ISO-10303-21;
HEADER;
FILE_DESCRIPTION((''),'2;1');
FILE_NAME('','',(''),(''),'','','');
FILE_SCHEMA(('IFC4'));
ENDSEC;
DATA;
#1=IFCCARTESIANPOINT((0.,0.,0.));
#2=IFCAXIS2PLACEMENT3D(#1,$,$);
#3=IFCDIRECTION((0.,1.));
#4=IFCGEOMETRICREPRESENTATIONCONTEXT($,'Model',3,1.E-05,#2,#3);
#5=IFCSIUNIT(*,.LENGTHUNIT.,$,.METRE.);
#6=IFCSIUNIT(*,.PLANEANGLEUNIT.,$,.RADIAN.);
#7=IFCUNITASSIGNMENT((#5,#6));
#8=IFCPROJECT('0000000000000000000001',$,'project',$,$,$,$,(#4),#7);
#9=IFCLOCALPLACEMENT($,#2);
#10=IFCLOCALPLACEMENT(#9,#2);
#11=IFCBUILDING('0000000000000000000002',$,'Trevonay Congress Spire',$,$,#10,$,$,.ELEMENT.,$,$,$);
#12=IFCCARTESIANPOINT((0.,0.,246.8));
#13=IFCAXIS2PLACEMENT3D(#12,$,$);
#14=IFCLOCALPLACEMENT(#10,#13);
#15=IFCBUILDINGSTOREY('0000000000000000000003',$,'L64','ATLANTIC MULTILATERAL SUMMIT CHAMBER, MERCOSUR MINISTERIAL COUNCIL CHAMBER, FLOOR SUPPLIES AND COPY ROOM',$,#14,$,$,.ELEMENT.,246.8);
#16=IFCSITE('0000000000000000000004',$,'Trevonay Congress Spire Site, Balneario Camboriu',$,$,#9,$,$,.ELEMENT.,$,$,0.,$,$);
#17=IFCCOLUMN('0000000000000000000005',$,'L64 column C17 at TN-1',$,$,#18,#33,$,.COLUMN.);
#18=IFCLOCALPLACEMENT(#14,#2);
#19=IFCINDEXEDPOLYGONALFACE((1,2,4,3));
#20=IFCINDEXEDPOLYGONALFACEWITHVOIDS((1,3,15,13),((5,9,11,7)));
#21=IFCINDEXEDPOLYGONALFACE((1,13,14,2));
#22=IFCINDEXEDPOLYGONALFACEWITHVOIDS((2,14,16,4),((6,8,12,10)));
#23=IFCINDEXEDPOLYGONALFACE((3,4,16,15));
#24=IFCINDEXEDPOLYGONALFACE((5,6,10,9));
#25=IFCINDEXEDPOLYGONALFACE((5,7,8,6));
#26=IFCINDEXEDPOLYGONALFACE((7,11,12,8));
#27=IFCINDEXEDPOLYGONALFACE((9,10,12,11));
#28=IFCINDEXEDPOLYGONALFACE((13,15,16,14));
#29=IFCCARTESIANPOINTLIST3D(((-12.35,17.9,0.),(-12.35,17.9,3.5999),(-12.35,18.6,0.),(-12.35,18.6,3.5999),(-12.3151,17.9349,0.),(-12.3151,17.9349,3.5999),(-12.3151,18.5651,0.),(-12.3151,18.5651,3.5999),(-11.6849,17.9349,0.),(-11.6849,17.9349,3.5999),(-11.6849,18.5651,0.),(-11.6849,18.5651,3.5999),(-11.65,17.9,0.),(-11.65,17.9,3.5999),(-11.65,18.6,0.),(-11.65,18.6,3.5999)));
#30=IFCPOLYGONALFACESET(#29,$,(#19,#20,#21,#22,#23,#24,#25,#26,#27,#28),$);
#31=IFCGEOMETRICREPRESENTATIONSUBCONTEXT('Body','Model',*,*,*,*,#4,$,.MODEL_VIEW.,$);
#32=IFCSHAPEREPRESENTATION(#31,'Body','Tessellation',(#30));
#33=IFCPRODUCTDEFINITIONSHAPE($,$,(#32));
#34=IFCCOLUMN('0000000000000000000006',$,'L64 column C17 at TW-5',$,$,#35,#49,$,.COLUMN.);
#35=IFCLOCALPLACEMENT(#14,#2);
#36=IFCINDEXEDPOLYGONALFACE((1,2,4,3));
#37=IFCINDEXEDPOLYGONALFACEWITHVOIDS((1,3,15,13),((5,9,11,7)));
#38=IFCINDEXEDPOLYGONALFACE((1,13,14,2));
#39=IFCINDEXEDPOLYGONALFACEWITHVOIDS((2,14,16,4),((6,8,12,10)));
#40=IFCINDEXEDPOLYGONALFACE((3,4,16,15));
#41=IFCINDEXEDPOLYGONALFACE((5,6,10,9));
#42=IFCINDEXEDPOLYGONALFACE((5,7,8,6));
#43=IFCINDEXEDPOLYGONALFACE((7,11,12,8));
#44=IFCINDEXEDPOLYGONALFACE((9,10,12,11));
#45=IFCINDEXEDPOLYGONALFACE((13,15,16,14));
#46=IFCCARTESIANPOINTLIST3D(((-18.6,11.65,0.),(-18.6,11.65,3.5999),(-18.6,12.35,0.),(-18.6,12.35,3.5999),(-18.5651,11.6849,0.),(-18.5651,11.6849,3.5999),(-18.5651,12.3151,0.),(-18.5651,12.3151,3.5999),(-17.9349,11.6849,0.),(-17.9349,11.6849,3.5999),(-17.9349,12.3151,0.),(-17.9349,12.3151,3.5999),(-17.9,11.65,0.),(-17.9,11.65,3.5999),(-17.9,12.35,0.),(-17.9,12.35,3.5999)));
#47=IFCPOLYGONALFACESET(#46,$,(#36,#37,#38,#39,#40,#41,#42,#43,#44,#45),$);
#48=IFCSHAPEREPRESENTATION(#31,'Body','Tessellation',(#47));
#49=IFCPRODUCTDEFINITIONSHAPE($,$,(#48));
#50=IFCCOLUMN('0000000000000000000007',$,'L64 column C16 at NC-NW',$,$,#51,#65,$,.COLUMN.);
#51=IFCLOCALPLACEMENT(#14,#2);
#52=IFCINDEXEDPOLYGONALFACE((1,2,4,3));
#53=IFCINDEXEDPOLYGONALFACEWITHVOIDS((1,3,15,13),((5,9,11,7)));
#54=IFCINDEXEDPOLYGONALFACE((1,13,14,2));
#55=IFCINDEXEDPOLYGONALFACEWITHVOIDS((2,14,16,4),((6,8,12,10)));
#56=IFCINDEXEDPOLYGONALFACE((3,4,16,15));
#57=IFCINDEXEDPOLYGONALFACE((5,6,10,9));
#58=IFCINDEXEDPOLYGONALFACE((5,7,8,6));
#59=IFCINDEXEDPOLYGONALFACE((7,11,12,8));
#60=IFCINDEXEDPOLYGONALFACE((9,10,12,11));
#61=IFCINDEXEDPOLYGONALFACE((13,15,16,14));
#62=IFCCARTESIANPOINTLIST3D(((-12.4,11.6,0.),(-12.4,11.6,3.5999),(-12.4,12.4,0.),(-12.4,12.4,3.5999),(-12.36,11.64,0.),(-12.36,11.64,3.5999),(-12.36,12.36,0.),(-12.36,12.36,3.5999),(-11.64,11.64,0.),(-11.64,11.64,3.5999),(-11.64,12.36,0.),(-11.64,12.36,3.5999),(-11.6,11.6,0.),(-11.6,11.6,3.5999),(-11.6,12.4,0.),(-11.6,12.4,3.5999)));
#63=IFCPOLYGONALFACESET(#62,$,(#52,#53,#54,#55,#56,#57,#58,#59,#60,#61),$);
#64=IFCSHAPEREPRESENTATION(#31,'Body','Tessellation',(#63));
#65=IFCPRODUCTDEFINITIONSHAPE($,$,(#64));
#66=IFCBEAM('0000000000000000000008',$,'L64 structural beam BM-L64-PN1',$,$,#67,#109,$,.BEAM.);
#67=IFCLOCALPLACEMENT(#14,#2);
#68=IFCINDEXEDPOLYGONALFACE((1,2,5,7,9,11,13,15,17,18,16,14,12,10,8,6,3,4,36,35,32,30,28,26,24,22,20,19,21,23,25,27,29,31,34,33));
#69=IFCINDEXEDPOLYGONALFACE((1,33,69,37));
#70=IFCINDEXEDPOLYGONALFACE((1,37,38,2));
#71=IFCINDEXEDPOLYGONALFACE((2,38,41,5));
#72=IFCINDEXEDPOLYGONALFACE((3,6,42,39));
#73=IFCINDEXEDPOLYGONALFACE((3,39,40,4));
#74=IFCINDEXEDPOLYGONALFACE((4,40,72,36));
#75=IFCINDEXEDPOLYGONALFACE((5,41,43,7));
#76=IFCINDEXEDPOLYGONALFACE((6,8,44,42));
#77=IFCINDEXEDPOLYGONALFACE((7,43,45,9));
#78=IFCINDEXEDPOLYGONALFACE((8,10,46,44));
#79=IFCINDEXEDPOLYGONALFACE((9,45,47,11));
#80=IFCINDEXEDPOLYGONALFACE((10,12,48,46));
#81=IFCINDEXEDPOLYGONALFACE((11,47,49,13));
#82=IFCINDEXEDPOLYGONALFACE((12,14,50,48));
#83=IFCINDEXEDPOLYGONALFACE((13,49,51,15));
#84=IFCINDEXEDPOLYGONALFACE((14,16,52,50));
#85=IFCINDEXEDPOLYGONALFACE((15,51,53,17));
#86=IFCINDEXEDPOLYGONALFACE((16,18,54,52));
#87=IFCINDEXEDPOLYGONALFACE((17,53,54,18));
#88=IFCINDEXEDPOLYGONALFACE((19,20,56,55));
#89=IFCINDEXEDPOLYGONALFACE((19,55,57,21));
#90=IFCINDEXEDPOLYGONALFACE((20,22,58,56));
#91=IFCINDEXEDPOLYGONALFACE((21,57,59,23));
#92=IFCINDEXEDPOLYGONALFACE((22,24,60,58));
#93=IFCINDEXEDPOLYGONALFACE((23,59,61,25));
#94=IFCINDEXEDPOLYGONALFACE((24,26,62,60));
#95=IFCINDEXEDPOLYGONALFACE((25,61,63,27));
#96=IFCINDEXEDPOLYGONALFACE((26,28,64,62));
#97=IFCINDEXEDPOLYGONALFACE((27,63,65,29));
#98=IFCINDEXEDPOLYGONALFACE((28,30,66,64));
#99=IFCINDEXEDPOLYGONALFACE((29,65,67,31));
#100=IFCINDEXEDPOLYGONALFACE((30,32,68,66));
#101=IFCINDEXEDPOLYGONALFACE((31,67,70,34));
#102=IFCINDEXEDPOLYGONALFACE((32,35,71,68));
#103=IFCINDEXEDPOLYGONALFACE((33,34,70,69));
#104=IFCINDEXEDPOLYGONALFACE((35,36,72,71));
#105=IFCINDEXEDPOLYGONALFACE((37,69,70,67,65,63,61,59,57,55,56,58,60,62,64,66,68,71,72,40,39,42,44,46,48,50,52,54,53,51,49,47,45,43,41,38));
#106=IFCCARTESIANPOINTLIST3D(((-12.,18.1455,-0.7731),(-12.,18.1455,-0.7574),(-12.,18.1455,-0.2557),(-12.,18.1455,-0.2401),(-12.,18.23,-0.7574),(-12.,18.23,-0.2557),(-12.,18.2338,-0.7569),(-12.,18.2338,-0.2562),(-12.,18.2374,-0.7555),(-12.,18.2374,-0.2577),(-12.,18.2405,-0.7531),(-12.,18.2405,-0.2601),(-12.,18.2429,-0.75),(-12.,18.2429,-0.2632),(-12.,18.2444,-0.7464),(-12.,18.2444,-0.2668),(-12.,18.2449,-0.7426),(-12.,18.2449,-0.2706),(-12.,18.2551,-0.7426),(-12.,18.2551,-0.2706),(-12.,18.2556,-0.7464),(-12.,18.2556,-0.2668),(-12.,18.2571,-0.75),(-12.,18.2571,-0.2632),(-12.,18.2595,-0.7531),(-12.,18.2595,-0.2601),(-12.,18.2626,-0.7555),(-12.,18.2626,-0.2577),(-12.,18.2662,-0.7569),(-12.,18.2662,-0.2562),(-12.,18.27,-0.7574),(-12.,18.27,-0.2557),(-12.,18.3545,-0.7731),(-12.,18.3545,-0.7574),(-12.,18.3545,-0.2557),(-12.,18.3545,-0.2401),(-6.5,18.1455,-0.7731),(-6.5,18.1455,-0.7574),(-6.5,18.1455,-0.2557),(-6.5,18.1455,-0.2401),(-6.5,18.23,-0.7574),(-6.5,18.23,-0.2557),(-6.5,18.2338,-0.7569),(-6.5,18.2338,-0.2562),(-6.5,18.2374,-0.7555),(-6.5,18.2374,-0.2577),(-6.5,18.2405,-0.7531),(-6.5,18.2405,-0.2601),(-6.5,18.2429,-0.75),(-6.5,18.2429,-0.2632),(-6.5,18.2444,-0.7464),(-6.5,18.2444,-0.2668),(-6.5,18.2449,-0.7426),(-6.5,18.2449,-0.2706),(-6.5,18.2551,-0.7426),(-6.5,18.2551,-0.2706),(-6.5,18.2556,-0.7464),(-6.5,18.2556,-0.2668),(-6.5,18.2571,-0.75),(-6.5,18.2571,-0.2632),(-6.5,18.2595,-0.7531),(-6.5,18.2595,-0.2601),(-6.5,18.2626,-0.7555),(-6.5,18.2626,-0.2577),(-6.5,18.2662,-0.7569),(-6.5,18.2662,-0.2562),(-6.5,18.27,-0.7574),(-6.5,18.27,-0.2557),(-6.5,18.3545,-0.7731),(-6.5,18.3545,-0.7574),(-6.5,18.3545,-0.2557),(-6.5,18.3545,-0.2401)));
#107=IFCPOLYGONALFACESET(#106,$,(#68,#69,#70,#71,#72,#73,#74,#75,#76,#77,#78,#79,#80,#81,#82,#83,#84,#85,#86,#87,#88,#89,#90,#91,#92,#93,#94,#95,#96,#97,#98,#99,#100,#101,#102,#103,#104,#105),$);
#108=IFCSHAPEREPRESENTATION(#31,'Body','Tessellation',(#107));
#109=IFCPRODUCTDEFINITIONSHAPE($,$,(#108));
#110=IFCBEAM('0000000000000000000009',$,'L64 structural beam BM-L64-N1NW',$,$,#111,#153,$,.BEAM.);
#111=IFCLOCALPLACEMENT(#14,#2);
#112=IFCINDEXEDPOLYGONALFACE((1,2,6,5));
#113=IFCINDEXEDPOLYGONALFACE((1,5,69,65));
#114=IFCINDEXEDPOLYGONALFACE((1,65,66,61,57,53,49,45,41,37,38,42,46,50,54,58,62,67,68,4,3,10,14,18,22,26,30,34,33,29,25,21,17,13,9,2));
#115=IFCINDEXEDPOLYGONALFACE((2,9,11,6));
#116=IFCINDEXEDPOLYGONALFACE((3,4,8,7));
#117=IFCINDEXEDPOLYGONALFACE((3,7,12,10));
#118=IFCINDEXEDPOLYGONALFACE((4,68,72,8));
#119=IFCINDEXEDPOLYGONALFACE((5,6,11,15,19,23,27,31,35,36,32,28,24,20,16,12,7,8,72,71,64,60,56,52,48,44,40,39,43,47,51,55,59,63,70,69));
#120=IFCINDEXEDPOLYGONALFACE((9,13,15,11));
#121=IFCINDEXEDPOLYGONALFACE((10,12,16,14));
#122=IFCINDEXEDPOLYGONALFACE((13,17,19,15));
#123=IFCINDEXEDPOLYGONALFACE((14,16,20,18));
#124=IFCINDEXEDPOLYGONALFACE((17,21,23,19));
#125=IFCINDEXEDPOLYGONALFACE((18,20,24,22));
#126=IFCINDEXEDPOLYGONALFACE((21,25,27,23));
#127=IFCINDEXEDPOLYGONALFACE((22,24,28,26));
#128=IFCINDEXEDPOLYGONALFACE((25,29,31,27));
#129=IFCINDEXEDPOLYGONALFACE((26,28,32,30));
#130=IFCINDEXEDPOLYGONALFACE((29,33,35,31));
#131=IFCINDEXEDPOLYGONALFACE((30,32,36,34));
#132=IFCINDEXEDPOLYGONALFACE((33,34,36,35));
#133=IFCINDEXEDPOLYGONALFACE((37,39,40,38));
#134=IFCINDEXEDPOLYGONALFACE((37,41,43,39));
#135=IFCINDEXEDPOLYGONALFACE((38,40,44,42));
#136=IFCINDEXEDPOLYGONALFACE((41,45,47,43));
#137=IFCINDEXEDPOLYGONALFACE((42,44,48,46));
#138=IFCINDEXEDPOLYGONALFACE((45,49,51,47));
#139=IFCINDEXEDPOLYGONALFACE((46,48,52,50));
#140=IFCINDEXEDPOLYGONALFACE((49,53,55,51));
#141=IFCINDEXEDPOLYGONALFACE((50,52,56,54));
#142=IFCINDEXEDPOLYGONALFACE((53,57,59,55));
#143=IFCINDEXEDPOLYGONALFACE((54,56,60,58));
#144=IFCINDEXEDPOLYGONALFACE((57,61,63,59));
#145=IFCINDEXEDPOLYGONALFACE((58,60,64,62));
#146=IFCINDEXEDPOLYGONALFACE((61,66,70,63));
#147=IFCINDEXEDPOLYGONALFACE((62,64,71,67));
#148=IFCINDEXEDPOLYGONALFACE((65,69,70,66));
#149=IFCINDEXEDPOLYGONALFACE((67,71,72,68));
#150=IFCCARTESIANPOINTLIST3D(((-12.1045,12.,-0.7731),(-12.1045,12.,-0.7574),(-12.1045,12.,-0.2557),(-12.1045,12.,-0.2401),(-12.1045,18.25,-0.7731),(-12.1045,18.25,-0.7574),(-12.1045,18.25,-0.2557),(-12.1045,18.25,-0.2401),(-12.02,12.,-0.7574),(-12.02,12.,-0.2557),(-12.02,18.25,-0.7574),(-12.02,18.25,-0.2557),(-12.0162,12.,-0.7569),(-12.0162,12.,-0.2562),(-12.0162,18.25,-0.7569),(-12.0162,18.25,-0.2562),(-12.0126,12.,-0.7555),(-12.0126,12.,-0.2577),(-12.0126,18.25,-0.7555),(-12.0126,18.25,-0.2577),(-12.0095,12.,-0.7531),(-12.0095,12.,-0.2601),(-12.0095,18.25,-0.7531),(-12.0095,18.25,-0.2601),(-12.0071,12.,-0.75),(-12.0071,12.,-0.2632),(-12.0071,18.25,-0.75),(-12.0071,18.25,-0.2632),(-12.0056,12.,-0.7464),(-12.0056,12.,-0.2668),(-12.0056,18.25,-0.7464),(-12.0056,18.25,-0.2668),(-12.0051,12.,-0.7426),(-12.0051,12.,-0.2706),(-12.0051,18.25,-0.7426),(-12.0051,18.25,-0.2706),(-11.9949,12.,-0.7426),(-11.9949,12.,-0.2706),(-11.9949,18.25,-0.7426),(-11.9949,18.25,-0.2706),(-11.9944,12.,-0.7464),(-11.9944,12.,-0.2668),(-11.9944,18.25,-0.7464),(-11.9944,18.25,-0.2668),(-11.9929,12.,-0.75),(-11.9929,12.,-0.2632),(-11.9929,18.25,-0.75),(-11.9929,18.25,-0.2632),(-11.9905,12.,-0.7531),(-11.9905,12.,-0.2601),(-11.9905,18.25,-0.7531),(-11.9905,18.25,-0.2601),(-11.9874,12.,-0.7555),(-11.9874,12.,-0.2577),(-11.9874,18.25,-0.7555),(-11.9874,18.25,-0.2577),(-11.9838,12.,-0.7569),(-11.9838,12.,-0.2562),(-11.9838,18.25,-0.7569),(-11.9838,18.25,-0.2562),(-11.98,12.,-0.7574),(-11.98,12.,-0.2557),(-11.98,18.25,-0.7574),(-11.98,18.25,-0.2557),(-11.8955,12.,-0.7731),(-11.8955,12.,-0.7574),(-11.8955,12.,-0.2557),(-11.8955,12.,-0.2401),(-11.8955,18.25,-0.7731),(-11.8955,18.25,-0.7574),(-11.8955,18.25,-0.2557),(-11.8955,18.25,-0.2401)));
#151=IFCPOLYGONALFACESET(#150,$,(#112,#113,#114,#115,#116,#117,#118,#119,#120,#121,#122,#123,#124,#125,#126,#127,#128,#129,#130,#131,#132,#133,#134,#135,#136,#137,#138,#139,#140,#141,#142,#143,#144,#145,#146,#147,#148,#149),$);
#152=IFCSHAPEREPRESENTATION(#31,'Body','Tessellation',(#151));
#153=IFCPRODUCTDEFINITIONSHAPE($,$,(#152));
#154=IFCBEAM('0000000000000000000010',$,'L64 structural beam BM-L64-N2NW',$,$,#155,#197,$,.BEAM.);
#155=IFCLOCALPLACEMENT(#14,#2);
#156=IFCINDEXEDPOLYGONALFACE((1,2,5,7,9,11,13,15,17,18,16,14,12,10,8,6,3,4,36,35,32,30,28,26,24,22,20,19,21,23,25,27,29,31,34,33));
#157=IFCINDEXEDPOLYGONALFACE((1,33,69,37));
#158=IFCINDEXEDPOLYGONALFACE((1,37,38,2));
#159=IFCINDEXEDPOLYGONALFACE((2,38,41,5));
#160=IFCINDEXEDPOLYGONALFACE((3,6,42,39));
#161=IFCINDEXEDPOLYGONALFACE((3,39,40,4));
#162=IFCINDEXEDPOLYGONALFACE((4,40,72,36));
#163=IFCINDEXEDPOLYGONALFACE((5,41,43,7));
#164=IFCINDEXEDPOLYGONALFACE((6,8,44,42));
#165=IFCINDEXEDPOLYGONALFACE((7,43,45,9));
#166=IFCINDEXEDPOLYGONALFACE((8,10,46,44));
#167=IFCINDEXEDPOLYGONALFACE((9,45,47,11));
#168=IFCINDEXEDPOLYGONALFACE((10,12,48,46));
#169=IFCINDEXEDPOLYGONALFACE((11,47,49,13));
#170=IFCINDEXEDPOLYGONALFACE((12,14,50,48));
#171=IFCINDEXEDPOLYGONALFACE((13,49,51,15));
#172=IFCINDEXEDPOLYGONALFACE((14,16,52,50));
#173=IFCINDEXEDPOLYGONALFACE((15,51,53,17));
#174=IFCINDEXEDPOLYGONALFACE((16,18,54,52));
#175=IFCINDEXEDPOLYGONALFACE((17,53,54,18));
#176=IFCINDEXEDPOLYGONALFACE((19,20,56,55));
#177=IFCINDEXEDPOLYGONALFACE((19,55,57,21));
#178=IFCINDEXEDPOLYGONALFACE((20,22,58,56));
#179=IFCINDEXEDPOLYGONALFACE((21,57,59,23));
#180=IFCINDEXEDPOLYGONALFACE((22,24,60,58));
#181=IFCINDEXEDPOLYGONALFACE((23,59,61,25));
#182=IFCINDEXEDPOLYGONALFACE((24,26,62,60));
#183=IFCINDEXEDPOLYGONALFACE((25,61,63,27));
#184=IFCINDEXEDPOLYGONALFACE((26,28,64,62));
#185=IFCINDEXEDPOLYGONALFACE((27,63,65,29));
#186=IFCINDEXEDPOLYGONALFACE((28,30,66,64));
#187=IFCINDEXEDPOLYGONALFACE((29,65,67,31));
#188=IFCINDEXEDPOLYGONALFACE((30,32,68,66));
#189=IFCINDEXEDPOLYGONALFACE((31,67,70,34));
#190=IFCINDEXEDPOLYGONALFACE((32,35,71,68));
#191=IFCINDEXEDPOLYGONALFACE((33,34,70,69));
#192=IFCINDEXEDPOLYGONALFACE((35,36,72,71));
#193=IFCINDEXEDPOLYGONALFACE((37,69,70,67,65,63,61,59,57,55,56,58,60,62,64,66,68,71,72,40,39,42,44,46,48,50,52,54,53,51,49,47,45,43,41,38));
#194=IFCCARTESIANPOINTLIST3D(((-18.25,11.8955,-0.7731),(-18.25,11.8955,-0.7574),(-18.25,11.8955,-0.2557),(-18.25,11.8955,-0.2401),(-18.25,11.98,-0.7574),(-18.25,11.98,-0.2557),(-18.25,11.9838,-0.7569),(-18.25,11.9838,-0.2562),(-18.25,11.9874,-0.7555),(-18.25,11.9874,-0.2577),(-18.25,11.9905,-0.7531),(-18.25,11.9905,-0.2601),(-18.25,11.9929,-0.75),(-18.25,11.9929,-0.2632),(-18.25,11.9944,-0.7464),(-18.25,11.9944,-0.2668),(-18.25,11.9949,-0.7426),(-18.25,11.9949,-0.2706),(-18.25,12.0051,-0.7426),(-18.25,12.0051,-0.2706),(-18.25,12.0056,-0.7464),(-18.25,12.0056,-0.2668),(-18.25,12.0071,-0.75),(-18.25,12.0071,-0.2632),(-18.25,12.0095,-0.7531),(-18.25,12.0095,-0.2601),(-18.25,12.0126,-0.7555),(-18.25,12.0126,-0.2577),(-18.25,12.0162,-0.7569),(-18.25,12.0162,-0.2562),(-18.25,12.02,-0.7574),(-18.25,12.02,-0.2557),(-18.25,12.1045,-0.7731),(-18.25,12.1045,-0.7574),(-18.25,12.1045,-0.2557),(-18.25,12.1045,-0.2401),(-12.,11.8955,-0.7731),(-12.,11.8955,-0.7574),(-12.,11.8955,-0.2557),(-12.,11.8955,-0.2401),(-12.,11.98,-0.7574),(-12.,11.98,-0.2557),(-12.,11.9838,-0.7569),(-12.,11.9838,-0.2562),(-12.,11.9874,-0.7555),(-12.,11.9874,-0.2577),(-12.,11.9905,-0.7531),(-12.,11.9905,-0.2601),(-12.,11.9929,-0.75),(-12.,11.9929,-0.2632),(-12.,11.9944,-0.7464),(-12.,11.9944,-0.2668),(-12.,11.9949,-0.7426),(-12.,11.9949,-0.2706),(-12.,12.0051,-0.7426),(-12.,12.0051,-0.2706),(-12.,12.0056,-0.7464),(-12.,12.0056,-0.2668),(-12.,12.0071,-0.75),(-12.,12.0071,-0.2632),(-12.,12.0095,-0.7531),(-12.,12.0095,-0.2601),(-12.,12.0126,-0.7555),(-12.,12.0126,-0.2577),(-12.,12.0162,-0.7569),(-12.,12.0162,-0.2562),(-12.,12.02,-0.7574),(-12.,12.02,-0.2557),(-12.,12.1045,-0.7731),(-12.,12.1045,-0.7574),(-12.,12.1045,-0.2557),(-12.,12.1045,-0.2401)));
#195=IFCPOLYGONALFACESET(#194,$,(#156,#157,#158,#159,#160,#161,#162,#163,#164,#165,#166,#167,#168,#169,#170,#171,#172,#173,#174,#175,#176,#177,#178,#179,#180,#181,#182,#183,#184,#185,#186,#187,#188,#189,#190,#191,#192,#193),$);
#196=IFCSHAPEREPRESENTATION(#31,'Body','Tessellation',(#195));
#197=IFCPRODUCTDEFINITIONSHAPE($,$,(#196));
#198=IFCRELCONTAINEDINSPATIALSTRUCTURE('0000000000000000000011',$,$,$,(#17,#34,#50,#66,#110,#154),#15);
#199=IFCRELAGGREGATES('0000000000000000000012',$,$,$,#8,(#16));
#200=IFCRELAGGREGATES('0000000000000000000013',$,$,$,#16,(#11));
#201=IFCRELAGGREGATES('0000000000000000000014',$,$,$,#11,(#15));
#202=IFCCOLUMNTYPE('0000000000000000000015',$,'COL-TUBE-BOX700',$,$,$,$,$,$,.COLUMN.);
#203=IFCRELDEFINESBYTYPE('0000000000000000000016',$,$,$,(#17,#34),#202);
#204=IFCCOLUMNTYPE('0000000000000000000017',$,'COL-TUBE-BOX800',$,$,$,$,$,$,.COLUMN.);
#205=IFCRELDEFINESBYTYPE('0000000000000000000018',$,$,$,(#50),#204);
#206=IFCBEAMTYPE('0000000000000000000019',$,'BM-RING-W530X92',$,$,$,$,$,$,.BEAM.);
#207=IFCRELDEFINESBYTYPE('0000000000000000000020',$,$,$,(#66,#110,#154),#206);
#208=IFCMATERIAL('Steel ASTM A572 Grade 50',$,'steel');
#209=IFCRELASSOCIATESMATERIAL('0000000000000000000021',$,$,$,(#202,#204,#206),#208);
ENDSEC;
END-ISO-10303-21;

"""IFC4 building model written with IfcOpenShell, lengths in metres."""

from ifc_helpers import new_model, si_unit, direction, frame, origin, origin_2d, place, context, subcontext, project, spatial, hollow_rectangle, i_section, extrude, material, material_profile, profile_set, type_object, element, save


model = new_model("IFC4")

# Units and contexts
model_context = context("Model", 3, precision=1e-05, world=origin(), true_north=direction((0.0, 1.0)))
body_context = subcontext(model_context, "Body", "Model", "MODEL_VIEW")
ifc_project = project(units=[si_unit("LENGTHUNIT", "METRE"), si_unit("PLANEANGLEUNIT", "RADIAN")], contexts=[model_context])

# Site, building, storey
site_placement = place(None, origin())
site = spatial("IfcSite", under=ifc_project, at=site_placement, Name="Trevonay Congress Spire Site, Balneario Camboriu", CompositionType="ELEMENT", RefElevation=0.0)
building_placement = place(site_placement, origin())
building = spatial("IfcBuilding", under=site, at=building_placement, Name="Trevonay Congress Spire", CompositionType="ELEMENT")
storey_placement = place(building_placement, frame((0.0, 0.0, 246.8)))
storey = spatial("IfcBuildingStorey", under=building, at=storey_placement, Name="L64", Description="ATLANTIC MULTILATERAL SUMMIT CHAMBER, MERCOSUR MINISTERIAL COUNCIL CHAMBER, FLOOR SUPPLIES AND COPY ROOM", CompositionType="ELEMENT", Elevation=246.8)

# Columns
ifc_material_1 = material(Name="Steel ASTM A572 Grade 50", Category="steel")
ifc_material_profile_1 = material_profile(ifc_material_1, hollow_rectangle(XDim=0.7, YDim=0.7, WallThickness=0.0349, at=origin_2d()), Name="BOX 700x700x35")
ifc_profile_set_1 = profile_set([ifc_material_profile_1], Name="Steel ASTM A572 Grade 50")
column_type_1 = type_object("IfcColumnType", Name="COL-TUBE-BOX700", PredefinedType="COLUMN", material=ifc_profile_set_1)
for number, where, z_axis, x_axis, name in (
    (1, (-12.0, 18.25, 0.0), (0.0, 0.0, 1.0), (1.0, 0.0, 0.0), "L64 column C17 at TN-1"),
    (2, (-18.25, 12.0, 0.0), (0.0, 0.0, 1.0), (1.0, 0.0, 0.0), "L64 column C17 at TW-5"),
):
    element("IfcColumn", number, at=place(storey_placement, frame(where, z_axis=z_axis, x_axis=x_axis)), inside=storey, type_object=column_type_1, Name=name, PredefinedType="COLUMN", context=body_context, shape_type="SweptSolid", body=[
        extrude(hollow_rectangle(XDim=0.7, YDim=0.7, WallThickness=0.0349, at=origin_2d()), origin(), (0.0, 0.0, 1.0), 3.5999),
    ])
ifc_material_profile_2 = material_profile(ifc_material_1, hollow_rectangle(XDim=0.8, YDim=0.8, WallThickness=0.04, at=origin_2d()), Name="BOX 800x800x40")
ifc_profile_set_2 = profile_set([ifc_material_profile_2], Name="Steel ASTM A572 Grade 50")
column_type_2 = type_object("IfcColumnType", Name="COL-TUBE-BOX800", PredefinedType="COLUMN", material=ifc_profile_set_2)
column_placement = place(storey_placement, frame((-12.0, 12.0, 0.0), z_axis=(0.0, 0.0, 1.0), x_axis=(1.0, 0.0, 0.0)))
element("IfcColumn", 3, at=column_placement, inside=storey, type_object=column_type_2, Name="L64 column C16 at NC-NW", PredefinedType="COLUMN", context=body_context, shape_type="SweptSolid", body=[
    extrude(hollow_rectangle(XDim=0.8, YDim=0.8, WallThickness=0.04, at=origin_2d()), origin(), (0.0, 0.0, 1.0), 3.5999),
])

# Beams
ifc_material_profile_3 = material_profile(ifc_material_1, i_section(OverallWidth=0.209, OverallDepth=0.533, WebThickness=0.0103, FlangeThickness=0.0156, FilletRadius=0.0149, at=origin_2d()), Name="W530x92")
ifc_profile_set_3 = profile_set([ifc_material_profile_3], Name="Steel ASTM A572 Grade 50")
beam_type = type_object("IfcBeamType", Name="BM-RING-W530X92", PredefinedType="BEAM", material=ifc_profile_set_3)
beam_placement = place(storey_placement, frame((-12.0, 18.25, -0.5066), z_axis=(1.0, 0.0, 0.0), x_axis=(0.0, 1.0, 0.0)))
element("IfcBeam", 4, at=beam_placement, inside=storey, type_object=beam_type, Name="L64 structural beam BM-L64-PN1", PredefinedType="BEAM", context=body_context, shape_type="SweptSolid", body=[
    extrude(i_section(OverallWidth=0.209, OverallDepth=0.533, WebThickness=0.0103, FlangeThickness=0.0156, FilletRadius=0.0149, at=origin_2d()), origin(), (0.0, 0.0, 1.0), 5.5),
])
for number, where, z_axis, x_axis, name in (
    (5, (-12.0, 18.25, -0.5066), (0.0, -1.0, 0.0), (1.0, 0.0, 0.0), "L64 structural beam BM-L64-N1NW"),
    (6, (-18.25, 12.0, -0.5066), (1.0, 0.0, 0.0), (0.0, 1.0, 0.0), "L64 structural beam BM-L64-N2NW"),
):
    element("IfcBeam", number, at=place(storey_placement, frame(where, z_axis=z_axis, x_axis=x_axis)), inside=storey, type_object=beam_type, Name=name, PredefinedType="BEAM", context=body_context, shape_type="SweptSolid", body=[
        extrude(i_section(OverallWidth=0.209, OverallDepth=0.533, WebThickness=0.0103, FlangeThickness=0.0156, FilletRadius=0.0149, at=origin_2d()), origin(), (0.0, 0.0, 1.0), 6.25),
    ])

save(model, "model.ifc")
